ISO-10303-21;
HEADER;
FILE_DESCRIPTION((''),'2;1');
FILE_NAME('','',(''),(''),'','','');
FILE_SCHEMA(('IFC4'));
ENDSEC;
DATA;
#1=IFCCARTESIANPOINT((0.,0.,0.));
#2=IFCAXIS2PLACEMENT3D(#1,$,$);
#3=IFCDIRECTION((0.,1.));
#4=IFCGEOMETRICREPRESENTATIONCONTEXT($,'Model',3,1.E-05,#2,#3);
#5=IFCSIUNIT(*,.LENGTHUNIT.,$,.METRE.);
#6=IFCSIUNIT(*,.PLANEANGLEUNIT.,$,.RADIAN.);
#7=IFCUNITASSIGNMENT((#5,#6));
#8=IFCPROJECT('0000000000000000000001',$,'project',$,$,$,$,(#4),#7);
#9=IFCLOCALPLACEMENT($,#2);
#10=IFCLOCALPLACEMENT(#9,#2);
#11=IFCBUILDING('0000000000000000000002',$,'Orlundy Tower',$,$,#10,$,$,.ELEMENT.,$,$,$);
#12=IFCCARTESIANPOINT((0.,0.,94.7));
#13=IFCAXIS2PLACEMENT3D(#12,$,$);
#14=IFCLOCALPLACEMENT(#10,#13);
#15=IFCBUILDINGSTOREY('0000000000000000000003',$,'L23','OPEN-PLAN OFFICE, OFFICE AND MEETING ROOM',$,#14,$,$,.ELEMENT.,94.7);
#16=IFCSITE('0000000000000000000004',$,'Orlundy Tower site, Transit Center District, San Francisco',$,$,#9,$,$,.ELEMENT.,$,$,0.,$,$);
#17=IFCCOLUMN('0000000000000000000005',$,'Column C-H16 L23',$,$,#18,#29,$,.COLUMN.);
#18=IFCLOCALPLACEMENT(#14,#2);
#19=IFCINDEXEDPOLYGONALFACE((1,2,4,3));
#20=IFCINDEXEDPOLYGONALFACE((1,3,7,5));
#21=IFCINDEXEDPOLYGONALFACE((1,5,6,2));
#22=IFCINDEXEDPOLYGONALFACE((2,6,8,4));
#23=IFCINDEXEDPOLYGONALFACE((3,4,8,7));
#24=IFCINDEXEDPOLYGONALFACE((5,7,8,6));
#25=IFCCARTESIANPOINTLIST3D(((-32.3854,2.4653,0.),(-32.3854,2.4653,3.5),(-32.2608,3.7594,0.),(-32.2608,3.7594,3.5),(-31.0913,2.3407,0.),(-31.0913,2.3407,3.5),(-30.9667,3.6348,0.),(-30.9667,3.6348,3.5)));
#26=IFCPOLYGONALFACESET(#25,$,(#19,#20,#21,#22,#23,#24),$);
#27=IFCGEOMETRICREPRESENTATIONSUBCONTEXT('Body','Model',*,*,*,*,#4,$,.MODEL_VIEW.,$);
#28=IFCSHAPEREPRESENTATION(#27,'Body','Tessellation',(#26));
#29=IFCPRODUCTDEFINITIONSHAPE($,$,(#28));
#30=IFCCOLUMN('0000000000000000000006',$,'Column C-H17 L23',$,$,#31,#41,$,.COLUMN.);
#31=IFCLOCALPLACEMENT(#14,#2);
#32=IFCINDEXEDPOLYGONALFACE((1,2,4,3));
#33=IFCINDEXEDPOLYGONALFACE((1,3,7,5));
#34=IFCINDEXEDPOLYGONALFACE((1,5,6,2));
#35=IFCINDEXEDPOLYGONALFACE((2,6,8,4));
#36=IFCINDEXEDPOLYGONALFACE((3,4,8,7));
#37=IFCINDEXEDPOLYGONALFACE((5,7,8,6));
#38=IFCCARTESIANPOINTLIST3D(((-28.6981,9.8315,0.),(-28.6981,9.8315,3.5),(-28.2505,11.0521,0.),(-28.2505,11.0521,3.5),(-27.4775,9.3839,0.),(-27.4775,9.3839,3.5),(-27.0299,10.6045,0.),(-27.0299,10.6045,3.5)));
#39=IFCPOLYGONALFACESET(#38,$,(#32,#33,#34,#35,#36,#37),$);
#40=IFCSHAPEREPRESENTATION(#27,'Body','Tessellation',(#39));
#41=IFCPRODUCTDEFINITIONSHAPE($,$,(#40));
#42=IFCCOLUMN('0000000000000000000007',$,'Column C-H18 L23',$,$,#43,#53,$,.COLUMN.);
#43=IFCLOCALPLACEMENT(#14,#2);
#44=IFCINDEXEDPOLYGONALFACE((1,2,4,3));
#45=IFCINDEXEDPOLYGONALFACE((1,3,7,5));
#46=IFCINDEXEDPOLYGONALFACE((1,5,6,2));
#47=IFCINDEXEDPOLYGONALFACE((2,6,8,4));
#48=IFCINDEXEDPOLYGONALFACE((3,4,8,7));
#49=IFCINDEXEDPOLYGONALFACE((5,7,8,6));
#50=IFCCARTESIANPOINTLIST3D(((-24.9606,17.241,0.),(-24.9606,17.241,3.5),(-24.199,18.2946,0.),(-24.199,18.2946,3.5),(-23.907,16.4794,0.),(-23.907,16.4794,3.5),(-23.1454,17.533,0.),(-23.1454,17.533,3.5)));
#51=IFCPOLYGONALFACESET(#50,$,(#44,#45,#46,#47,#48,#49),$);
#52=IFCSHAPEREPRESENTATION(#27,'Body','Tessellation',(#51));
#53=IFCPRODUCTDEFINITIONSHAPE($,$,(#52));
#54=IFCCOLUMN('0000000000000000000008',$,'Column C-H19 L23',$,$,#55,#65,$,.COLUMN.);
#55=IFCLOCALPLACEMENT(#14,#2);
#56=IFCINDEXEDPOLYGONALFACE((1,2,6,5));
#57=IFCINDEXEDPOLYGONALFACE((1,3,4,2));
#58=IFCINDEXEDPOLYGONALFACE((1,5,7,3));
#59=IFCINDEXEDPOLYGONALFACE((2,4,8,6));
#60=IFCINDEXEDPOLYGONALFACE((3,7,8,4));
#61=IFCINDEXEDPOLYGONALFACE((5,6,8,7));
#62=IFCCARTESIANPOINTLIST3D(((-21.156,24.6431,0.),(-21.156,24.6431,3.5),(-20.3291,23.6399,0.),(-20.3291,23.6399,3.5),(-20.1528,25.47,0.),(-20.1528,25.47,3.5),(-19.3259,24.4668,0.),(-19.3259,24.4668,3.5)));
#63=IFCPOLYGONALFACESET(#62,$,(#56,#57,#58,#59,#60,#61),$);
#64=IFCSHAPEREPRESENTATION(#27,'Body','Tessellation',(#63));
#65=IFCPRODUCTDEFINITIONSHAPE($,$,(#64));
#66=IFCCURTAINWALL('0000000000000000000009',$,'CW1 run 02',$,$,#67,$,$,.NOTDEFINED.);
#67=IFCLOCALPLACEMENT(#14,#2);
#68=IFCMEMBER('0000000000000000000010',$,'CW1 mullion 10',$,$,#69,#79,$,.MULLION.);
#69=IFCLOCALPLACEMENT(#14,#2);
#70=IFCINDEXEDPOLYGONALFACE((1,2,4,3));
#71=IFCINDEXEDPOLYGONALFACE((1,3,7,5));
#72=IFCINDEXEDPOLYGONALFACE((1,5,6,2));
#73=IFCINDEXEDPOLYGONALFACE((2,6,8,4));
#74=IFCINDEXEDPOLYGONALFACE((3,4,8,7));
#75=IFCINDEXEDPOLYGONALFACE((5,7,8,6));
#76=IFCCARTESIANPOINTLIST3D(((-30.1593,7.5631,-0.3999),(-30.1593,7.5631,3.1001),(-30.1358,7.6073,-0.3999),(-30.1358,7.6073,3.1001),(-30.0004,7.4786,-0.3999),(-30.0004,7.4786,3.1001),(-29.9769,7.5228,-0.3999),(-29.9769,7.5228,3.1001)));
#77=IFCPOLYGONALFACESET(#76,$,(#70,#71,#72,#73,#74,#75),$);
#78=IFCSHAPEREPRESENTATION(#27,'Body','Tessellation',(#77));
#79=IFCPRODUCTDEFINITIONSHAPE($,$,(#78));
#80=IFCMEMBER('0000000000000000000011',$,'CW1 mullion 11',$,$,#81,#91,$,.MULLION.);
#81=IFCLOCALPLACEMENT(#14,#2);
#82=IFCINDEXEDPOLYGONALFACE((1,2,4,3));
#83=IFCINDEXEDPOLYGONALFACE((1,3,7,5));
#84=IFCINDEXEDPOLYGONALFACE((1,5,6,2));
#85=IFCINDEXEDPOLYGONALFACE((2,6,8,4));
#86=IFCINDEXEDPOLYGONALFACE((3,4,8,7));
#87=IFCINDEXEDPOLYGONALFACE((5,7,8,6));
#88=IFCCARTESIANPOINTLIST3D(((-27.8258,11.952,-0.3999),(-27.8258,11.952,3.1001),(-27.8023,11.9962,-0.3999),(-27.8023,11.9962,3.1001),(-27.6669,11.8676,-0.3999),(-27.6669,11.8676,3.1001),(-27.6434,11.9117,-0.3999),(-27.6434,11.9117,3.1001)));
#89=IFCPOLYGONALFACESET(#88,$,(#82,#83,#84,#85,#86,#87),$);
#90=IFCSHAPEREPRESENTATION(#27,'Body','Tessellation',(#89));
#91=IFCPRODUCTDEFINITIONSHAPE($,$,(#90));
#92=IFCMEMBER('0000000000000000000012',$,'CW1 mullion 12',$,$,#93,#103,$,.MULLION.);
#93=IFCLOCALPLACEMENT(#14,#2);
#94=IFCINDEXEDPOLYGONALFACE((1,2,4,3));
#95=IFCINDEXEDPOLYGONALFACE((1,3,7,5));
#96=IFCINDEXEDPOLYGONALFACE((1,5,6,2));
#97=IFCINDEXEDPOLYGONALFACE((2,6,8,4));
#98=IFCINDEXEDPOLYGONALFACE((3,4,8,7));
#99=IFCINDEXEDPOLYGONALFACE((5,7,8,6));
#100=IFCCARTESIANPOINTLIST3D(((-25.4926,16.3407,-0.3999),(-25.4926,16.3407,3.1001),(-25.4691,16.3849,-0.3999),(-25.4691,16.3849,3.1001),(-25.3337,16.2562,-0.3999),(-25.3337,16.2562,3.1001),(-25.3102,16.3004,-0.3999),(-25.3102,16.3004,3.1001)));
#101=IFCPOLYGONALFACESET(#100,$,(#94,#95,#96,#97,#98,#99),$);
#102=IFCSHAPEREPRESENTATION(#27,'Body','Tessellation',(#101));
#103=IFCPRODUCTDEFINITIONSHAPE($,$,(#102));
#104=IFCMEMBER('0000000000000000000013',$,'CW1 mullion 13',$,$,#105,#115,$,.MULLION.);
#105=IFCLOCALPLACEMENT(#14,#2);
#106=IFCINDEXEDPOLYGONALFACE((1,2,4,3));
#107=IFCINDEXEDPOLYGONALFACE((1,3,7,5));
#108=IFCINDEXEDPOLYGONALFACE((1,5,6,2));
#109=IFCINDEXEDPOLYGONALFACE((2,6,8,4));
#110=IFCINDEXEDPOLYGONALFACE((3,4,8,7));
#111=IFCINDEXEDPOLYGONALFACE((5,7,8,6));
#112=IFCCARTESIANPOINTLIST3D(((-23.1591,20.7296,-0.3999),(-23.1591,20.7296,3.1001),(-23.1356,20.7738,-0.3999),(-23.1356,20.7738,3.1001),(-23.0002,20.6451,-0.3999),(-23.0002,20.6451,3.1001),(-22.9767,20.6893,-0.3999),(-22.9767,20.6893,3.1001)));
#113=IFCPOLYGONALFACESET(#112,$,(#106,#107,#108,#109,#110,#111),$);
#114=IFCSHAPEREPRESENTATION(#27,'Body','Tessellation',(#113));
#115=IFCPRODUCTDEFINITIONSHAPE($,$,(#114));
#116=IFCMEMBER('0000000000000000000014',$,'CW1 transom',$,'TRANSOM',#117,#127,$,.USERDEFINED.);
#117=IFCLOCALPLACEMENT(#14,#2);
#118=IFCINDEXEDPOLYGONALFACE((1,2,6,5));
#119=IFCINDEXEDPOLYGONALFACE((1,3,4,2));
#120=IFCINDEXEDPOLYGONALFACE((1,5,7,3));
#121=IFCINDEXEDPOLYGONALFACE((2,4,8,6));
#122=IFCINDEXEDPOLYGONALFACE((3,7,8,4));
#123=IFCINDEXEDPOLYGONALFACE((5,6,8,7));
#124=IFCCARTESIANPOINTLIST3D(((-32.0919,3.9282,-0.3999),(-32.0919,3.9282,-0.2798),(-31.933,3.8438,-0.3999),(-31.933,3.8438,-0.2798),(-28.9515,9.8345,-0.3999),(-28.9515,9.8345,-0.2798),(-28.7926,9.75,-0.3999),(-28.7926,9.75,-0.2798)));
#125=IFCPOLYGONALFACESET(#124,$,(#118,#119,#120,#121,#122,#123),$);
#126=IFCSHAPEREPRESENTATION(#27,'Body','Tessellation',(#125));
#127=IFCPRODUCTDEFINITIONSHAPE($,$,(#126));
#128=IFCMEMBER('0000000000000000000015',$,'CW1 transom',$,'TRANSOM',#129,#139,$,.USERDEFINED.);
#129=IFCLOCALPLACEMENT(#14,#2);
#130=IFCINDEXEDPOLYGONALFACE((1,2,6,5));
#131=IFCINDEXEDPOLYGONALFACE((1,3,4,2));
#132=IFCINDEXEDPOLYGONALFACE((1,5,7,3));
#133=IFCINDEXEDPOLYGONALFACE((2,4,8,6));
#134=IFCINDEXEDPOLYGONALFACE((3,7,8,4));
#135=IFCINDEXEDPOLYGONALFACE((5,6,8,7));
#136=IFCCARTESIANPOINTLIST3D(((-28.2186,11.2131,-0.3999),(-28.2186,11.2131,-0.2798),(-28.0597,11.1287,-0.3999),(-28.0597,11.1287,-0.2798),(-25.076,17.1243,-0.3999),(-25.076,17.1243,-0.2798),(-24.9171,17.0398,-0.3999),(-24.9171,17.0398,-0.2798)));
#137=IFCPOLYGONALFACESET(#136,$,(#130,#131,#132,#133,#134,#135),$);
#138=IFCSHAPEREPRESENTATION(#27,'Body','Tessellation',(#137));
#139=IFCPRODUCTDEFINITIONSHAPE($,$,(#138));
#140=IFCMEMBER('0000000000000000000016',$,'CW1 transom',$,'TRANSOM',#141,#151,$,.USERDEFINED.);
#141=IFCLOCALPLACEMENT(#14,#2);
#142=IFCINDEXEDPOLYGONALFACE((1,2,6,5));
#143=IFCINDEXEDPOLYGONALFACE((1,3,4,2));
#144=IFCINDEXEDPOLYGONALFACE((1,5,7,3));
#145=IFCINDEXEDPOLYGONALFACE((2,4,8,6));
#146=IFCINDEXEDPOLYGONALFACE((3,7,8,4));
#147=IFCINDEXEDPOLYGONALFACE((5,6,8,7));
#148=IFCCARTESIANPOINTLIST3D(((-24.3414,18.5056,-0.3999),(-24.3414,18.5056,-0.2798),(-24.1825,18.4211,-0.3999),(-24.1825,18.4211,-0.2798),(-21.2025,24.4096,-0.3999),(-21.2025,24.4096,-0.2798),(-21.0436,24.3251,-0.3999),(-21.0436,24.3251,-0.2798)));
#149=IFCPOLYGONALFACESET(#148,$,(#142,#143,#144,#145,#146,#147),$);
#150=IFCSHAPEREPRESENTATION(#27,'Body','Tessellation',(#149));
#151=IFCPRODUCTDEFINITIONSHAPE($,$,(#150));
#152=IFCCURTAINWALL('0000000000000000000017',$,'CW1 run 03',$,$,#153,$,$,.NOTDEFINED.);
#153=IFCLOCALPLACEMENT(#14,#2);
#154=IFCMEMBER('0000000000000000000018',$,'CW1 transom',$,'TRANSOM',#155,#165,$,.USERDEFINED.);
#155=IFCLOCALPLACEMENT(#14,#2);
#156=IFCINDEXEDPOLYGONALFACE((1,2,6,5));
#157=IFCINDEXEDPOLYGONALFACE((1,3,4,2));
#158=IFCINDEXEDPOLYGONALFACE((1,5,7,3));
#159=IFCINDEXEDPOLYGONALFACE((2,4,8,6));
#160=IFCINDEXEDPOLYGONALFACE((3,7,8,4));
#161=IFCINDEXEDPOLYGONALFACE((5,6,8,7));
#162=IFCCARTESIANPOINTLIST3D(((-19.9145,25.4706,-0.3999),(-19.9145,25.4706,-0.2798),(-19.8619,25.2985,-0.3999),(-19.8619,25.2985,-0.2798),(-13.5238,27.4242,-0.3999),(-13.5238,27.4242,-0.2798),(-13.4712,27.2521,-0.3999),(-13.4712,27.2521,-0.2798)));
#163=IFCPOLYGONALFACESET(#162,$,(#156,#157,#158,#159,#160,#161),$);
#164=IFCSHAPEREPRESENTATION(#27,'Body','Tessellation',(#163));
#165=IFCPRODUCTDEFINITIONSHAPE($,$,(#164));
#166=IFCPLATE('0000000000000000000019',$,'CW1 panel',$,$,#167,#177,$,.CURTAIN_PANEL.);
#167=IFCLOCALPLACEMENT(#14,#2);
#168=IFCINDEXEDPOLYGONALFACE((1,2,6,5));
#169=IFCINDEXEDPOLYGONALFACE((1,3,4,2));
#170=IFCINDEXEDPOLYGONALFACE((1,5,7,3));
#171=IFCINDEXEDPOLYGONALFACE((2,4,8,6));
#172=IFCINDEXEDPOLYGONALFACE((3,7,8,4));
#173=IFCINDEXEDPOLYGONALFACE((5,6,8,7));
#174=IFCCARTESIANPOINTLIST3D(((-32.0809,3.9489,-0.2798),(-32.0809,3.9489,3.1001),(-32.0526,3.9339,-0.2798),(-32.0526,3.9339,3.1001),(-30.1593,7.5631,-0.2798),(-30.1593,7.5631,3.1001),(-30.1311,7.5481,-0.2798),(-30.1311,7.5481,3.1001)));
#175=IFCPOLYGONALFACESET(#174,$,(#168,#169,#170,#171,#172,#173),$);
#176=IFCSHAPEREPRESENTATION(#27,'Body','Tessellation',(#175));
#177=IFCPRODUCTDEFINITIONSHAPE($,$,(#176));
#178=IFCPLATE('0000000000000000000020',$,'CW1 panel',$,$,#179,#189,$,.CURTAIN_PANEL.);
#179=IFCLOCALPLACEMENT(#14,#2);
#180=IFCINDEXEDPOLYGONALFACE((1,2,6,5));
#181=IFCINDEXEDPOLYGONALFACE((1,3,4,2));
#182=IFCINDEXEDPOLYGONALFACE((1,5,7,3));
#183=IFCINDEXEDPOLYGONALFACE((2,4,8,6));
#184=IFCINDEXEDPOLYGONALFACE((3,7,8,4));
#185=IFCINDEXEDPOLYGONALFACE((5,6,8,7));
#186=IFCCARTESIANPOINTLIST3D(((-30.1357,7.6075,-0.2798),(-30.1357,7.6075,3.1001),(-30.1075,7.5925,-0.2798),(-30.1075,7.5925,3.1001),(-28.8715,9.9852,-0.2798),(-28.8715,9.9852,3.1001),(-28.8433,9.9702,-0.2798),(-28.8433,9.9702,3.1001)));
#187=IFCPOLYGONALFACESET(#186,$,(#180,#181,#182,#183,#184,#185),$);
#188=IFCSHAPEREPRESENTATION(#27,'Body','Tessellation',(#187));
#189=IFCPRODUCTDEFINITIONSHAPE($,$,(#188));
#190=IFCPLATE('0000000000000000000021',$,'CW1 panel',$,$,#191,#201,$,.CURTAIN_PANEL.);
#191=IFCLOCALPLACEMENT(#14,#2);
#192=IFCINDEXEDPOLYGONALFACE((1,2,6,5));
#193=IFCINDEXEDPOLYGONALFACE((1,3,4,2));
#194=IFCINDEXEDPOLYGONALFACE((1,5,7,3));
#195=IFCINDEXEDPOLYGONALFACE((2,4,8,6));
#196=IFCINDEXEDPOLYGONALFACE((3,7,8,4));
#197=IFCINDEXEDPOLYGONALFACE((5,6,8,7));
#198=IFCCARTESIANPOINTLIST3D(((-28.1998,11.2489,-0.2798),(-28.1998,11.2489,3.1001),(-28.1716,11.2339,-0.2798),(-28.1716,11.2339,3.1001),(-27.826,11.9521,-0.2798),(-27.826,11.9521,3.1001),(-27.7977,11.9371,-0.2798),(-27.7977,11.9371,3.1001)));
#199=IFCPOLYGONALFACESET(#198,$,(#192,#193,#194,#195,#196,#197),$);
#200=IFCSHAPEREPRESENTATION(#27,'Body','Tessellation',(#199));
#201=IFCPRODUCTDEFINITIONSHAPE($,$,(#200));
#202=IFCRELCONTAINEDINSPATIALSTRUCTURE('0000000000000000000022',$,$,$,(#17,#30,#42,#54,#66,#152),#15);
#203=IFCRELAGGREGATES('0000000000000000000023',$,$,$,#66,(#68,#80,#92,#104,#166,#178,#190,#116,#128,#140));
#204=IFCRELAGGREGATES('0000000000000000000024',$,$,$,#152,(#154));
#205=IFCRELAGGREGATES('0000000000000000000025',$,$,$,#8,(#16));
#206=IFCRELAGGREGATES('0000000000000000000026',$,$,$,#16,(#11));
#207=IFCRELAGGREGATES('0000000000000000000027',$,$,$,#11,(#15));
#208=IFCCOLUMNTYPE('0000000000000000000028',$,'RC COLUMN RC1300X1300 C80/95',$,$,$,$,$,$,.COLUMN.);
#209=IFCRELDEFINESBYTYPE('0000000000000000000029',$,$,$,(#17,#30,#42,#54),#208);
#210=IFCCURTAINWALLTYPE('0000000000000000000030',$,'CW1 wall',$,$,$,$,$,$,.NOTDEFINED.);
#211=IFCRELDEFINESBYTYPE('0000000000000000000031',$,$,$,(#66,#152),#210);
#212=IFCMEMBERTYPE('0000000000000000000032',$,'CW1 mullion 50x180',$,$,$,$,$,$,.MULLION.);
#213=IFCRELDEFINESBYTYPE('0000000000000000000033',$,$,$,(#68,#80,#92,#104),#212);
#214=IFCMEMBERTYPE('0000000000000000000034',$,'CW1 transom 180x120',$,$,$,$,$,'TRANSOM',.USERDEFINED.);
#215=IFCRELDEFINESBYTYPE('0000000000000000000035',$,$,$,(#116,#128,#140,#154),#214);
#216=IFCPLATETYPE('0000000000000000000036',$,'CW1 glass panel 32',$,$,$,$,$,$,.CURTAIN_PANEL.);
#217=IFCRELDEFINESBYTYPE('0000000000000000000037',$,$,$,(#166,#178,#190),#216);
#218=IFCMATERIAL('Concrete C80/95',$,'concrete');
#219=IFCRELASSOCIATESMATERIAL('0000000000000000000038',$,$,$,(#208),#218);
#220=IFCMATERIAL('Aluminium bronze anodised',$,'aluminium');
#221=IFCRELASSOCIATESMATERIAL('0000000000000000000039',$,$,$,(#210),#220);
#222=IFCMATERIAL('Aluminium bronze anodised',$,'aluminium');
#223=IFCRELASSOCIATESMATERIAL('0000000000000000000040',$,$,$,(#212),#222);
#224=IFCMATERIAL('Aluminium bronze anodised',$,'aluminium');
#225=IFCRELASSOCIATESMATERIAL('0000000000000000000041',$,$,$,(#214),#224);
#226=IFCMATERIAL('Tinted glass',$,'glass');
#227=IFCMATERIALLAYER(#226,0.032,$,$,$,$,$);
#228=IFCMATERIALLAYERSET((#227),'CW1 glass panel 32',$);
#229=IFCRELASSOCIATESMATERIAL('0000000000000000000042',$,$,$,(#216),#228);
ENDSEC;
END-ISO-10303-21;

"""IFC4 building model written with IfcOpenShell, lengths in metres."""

from ifc_helpers import new_model, si_unit, direction, frame, origin, origin_2d, place, context, subcontext, project, spatial, rectangle, extrude, material, layer, layer_set, material_profile, profile_set, type_object, element, aggregate, save


model = new_model("IFC4")

# Units and contexts
model_context = context("Model", 3, precision=1e-05, world=origin(), true_north=direction((0.0, 1.0)))
body_context = subcontext(model_context, "Body", "Model", "MODEL_VIEW")
ifc_project = project(units=[si_unit("LENGTHUNIT", "METRE"), si_unit("PLANEANGLEUNIT", "RADIAN")], contexts=[model_context])

# Site, building, storey
site_placement = place(None, origin())
site = spatial("IfcSite", under=ifc_project, at=site_placement, Name="Orlundy Tower site, Transit Center District, San Francisco", CompositionType="ELEMENT", RefElevation=0.0)
building_placement = place(site_placement, origin())
building = spatial("IfcBuilding", under=site, at=building_placement, Name="Orlundy Tower", CompositionType="ELEMENT")
storey_placement = place(building_placement, frame((0.0, 0.0, 94.7)))
storey = spatial("IfcBuildingStorey", under=building, at=storey_placement, Name="L23", Description="OPEN-PLAN OFFICE, OFFICE AND MEETING ROOM", CompositionType="ELEMENT", Elevation=94.7)

# Columns
ifc_material_1 = material(Name="Concrete C80/95", Category="concrete")
ifc_material_profile_1 = material_profile(ifc_material_1, rectangle(XDim=1.3, YDim=1.3, at=origin_2d()), Name="RC1300X1300")
ifc_profile_set_1 = profile_set([ifc_material_profile_1], Name="Concrete C80/95")
column_type = type_object("IfcColumnType", Name="RC COLUMN RC1300X1300 C80/95", PredefinedType="COLUMN", material=ifc_profile_set_1)
for number, where, z_axis, x_axis, name in (
    (1, (-31.676, 3.05, 0.0), (0.0, 0.0, 1.0), (-0.995396, 0.095846, 0.0), "Column C-H16 L23"),
    (2, (-27.864, 10.218, 0.0), (0.0, 0.0, 1.0), (-0.938866, 0.344282, 0.0), "Column C-H17 L23"),
    (3, (-24.053, 17.387, 0.0), (0.0, 0.0, 1.0), (-0.81043, 0.585835, 0.0), "Column C-H18 L23"),
    (4, (-20.241, 24.5549, 0.0), (0.0, 0.0, 1.0), (-0.636065, 0.771636, 0.0), "Column C-H19 L23"),
):
    element("IfcColumn", number, at=place(storey_placement, frame(where, z_axis=z_axis, x_axis=x_axis)), inside=storey, type_object=column_type, Name=name, PredefinedType="COLUMN", context=body_context, shape_type="SweptSolid", body=[
        extrude(rectangle(XDim=1.3, YDim=1.3, at=origin_2d()), origin(), (0.0, 0.0, 1.0), 3.5),
    ])

# Curtain wall, members
ifc_material_2 = material(Name="Aluminium bronze anodised", Category="aluminium")
curtain_wall_type = type_object("IfcCurtainWallType", Name="CW1 wall", PredefinedType="NOTDEFINED", material=ifc_material_2)
curtain_wall_1_placement = place(storey_placement, origin())
curtain_wall_1 = element("IfcCurtainWall", 5, at=curtain_wall_1_placement, inside=storey, type_object=curtain_wall_type, Name="CW1 run 02", PredefinedType="NOTDEFINED")
ifc_material_3 = material(Name="Aluminium bronze anodised", Category="aluminium")
ifc_material_profile_2 = material_profile(ifc_material_3, rectangle(XDim=0.1799, YDim=0.05, at=origin_2d()), Name="CW1 mullion 50x180")
ifc_profile_set_2 = profile_set([ifc_material_profile_2], Name="Aluminium bronze anodised")
member_type_1 = type_object("IfcMemberType", Name="CW1 mullion 50x180", PredefinedType="MULLION", material=ifc_profile_set_2)
member_1_placement = place(storey_placement, frame((-30.0681, 7.543, -0.3999), z_axis=(0.0, 0.0, 1.0), x_axis=(-0.882961, 0.469445, 0.0)))
member_1 = element("IfcMember", 6, at=member_1_placement, type_object=member_type_1, Name="CW1 mullion 10", PredefinedType="MULLION", context=body_context, shape_type="SweptSolid", body=[
    extrude(rectangle(XDim=0.1799, YDim=0.05, at=origin_2d()), origin(), (0.0, 0.0, 1.0), 3.5),
])
member_2_placement = place(storey_placement, frame((-27.7346, 11.9319, -0.3999), z_axis=(0.0, 0.0, 1.0), x_axis=(-0.882961, 0.469445, 0.0)))
member_2 = element("IfcMember", 7, at=member_2_placement, type_object=member_type_1, Name="CW1 mullion 11", PredefinedType="MULLION", context=body_context, shape_type="SweptSolid", body=[
    extrude(rectangle(XDim=0.1799, YDim=0.05, at=origin_2d()), origin(), (0.0, 0.0, 1.0), 3.5),
])
member_3_placement = place(storey_placement, frame((-25.4014, 16.3206, -0.3999), z_axis=(0.0, 0.0, 1.0), x_axis=(-0.882961, 0.469445, 0.0)))
member_3 = element("IfcMember", 8, at=member_3_placement, type_object=member_type_1, Name="CW1 mullion 12", PredefinedType="MULLION", context=body_context, shape_type="SweptSolid", body=[
    extrude(rectangle(XDim=0.1799, YDim=0.05, at=origin_2d()), origin(), (0.0, 0.0, 1.0), 3.5),
])
member_4_placement = place(storey_placement, frame((-23.0679, 20.7095, -0.3999), z_axis=(0.0, 0.0, 1.0), x_axis=(-0.882961, 0.469445, 0.0)))
member_4 = element("IfcMember", 9, at=member_4_placement, type_object=member_type_1, Name="CW1 mullion 13", PredefinedType="MULLION", context=body_context, shape_type="SweptSolid", body=[
    extrude(rectangle(XDim=0.1799, YDim=0.05, at=origin_2d()), origin(), (0.0, 0.0, 1.0), 3.5),
])
ifc_material_4 = material(Name="Aluminium bronze anodised", Category="aluminium")
ifc_material_profile_3 = material_profile(ifc_material_4, rectangle(XDim=0.1799, YDim=0.1201, at=origin_2d()), Name="CW1 transom 180x120")
ifc_profile_set_3 = profile_set([ifc_material_profile_3], Name="Aluminium bronze anodised")
member_type_2 = type_object("IfcMemberType", Name="CW1 transom 180x120", ElementType="TRANSOM", PredefinedType="USERDEFINED", material=ifc_profile_set_3)
member_5_placement = place(storey_placement, frame((-32.0125, 3.886, -0.3398), z_axis=(0.469468, 0.882949, 0.0), x_axis=(-0.882949, 0.469468, 0.0)))
member_5 = element("IfcMember", 10, at=member_5_placement, type_object=member_type_2, Name="CW1 transom", ObjectType="TRANSOM", PredefinedType="USERDEFINED", context=body_context, shape_type="SweptSolid", body=[
    extrude(rectangle(XDim=0.1799, YDim=0.1201, at=origin_2d()), origin(), (0.0, 0.0, 1.0), 6.6892),
])
member_6_placement = place(storey_placement, frame((-28.1392, 11.1709, -0.3398), z_axis=(0.469422, 0.882974, 0.0), x_axis=(-0.882974, 0.469422, 0.0)))
member_6 = element("IfcMember", 11, at=member_6_placement, type_object=member_type_2, Name="CW1 transom", ObjectType="TRANSOM", PredefinedType="USERDEFINED", context=body_context, shape_type="SweptSolid", body=[
    extrude(rectangle(XDim=0.1799, YDim=0.1201, at=origin_2d()), origin(), (0.0, 0.0, 1.0), 6.6946),
])
member_7_placement = place(storey_placement, frame((-24.262, 18.4634, -0.3398), z_axis=(0.469434, 0.882968, 0.0), x_axis=(-0.882968, 0.469434, 0.0)))
member_7 = element("IfcMember", 12, at=member_7_placement, type_object=member_type_2, Name="CW1 transom", ObjectType="TRANSOM", PredefinedType="USERDEFINED", context=body_context, shape_type="SweptSolid", body=[
    extrude(rectangle(XDim=0.1799, YDim=0.1201, at=origin_2d()), origin(), (0.0, 0.0, 1.0), 6.6865),
])

# Curtain wall, member
curtain_wall_2_placement = place(storey_placement, origin())
curtain_wall_2 = element("IfcCurtainWall", 13, at=curtain_wall_2_placement, inside=storey, type_object=curtain_wall_type, Name="CW1 run 03", PredefinedType="NOTDEFINED")
member_8_placement = place(storey_placement, frame((-19.8882, 25.3845, -0.3398), z_axis=(0.956313, 0.292345, 0.0), x_axis=(-0.292345, 0.956313, 0.0)))
member_8 = element("IfcMember", 14, at=member_8_placement, type_object=member_type_2, Name="CW1 transom", ObjectType="TRANSOM", PredefinedType="USERDEFINED", context=body_context, shape_type="SweptSolid", body=[
    extrude(rectangle(XDim=0.1799, YDim=0.1201, at=origin_2d()), origin(), (0.0, 0.0, 1.0), 6.6826),
])

# Plates
ifc_material_5 = material(Name="Tinted glass", Category="glass")
ifc_layer_1 = layer(ifc_material_5, 0.032)
ifc_layer_set_1 = layer_set([ifc_layer_1], Name="CW1 glass panel 32")
plate_type = type_object("IfcPlateType", Name="CW1 glass panel 32", PredefinedType="CURTAIN_PANEL", material=ifc_layer_set_1)
plate_1_placement = place(storey_placement, frame((-31.106, 5.7485, -0.2798), z_axis=(0.0, 0.0, 1.0), x_axis=(0.469445, 0.882961, 0.0)))
plate_1 = element("IfcPlate", 15, at=plate_1_placement, type_object=plate_type, Name="CW1 panel", PredefinedType="CURTAIN_PANEL", context=body_context, shape_type="SweptSolid", body=[
    extrude(rectangle(XDim=4.0933, YDim=0.032, at=origin_2d()), origin(), (0.0, 0.0, 1.0), 3.3799),
])
plate_2_placement = place(storey_placement, frame((-29.4895, 8.7888, -0.2798), z_axis=(0.0, 0.0, 1.0), x_axis=(0.469445, 0.882961, 0.0)))
plate_2 = element("IfcPlate", 16, at=plate_2_placement, type_object=plate_type, Name="CW1 panel", PredefinedType="CURTAIN_PANEL", context=body_context, shape_type="SweptSolid", body=[
    extrude(rectangle(XDim=2.6929, YDim=0.032, at=origin_2d()), origin(), (0.0, 0.0, 1.0), 3.3799),
])
plate_3_placement = place(storey_placement, frame((-27.9988, 11.593, -0.2798), z_axis=(0.0, 0.0, 1.0), x_axis=(0.469445, 0.882961, 0.0)))
plate_3 = element("IfcPlate", 17, at=plate_3_placement, type_object=plate_type, Name="CW1 panel", PredefinedType="CURTAIN_PANEL", context=body_context, shape_type="SweptSolid", body=[
    extrude(rectangle(XDim=0.7964, YDim=0.032, at=origin_2d()), origin(), (0.0, 0.0, 1.0), 3.3799),
])
aggregate(curtain_wall_1, [member_1, member_2, member_3, member_4, plate_1, plate_2, plate_3, member_5, member_6, member_7])
aggregate(curtain_wall_2, [member_8])

save(model, "model.ifc")
